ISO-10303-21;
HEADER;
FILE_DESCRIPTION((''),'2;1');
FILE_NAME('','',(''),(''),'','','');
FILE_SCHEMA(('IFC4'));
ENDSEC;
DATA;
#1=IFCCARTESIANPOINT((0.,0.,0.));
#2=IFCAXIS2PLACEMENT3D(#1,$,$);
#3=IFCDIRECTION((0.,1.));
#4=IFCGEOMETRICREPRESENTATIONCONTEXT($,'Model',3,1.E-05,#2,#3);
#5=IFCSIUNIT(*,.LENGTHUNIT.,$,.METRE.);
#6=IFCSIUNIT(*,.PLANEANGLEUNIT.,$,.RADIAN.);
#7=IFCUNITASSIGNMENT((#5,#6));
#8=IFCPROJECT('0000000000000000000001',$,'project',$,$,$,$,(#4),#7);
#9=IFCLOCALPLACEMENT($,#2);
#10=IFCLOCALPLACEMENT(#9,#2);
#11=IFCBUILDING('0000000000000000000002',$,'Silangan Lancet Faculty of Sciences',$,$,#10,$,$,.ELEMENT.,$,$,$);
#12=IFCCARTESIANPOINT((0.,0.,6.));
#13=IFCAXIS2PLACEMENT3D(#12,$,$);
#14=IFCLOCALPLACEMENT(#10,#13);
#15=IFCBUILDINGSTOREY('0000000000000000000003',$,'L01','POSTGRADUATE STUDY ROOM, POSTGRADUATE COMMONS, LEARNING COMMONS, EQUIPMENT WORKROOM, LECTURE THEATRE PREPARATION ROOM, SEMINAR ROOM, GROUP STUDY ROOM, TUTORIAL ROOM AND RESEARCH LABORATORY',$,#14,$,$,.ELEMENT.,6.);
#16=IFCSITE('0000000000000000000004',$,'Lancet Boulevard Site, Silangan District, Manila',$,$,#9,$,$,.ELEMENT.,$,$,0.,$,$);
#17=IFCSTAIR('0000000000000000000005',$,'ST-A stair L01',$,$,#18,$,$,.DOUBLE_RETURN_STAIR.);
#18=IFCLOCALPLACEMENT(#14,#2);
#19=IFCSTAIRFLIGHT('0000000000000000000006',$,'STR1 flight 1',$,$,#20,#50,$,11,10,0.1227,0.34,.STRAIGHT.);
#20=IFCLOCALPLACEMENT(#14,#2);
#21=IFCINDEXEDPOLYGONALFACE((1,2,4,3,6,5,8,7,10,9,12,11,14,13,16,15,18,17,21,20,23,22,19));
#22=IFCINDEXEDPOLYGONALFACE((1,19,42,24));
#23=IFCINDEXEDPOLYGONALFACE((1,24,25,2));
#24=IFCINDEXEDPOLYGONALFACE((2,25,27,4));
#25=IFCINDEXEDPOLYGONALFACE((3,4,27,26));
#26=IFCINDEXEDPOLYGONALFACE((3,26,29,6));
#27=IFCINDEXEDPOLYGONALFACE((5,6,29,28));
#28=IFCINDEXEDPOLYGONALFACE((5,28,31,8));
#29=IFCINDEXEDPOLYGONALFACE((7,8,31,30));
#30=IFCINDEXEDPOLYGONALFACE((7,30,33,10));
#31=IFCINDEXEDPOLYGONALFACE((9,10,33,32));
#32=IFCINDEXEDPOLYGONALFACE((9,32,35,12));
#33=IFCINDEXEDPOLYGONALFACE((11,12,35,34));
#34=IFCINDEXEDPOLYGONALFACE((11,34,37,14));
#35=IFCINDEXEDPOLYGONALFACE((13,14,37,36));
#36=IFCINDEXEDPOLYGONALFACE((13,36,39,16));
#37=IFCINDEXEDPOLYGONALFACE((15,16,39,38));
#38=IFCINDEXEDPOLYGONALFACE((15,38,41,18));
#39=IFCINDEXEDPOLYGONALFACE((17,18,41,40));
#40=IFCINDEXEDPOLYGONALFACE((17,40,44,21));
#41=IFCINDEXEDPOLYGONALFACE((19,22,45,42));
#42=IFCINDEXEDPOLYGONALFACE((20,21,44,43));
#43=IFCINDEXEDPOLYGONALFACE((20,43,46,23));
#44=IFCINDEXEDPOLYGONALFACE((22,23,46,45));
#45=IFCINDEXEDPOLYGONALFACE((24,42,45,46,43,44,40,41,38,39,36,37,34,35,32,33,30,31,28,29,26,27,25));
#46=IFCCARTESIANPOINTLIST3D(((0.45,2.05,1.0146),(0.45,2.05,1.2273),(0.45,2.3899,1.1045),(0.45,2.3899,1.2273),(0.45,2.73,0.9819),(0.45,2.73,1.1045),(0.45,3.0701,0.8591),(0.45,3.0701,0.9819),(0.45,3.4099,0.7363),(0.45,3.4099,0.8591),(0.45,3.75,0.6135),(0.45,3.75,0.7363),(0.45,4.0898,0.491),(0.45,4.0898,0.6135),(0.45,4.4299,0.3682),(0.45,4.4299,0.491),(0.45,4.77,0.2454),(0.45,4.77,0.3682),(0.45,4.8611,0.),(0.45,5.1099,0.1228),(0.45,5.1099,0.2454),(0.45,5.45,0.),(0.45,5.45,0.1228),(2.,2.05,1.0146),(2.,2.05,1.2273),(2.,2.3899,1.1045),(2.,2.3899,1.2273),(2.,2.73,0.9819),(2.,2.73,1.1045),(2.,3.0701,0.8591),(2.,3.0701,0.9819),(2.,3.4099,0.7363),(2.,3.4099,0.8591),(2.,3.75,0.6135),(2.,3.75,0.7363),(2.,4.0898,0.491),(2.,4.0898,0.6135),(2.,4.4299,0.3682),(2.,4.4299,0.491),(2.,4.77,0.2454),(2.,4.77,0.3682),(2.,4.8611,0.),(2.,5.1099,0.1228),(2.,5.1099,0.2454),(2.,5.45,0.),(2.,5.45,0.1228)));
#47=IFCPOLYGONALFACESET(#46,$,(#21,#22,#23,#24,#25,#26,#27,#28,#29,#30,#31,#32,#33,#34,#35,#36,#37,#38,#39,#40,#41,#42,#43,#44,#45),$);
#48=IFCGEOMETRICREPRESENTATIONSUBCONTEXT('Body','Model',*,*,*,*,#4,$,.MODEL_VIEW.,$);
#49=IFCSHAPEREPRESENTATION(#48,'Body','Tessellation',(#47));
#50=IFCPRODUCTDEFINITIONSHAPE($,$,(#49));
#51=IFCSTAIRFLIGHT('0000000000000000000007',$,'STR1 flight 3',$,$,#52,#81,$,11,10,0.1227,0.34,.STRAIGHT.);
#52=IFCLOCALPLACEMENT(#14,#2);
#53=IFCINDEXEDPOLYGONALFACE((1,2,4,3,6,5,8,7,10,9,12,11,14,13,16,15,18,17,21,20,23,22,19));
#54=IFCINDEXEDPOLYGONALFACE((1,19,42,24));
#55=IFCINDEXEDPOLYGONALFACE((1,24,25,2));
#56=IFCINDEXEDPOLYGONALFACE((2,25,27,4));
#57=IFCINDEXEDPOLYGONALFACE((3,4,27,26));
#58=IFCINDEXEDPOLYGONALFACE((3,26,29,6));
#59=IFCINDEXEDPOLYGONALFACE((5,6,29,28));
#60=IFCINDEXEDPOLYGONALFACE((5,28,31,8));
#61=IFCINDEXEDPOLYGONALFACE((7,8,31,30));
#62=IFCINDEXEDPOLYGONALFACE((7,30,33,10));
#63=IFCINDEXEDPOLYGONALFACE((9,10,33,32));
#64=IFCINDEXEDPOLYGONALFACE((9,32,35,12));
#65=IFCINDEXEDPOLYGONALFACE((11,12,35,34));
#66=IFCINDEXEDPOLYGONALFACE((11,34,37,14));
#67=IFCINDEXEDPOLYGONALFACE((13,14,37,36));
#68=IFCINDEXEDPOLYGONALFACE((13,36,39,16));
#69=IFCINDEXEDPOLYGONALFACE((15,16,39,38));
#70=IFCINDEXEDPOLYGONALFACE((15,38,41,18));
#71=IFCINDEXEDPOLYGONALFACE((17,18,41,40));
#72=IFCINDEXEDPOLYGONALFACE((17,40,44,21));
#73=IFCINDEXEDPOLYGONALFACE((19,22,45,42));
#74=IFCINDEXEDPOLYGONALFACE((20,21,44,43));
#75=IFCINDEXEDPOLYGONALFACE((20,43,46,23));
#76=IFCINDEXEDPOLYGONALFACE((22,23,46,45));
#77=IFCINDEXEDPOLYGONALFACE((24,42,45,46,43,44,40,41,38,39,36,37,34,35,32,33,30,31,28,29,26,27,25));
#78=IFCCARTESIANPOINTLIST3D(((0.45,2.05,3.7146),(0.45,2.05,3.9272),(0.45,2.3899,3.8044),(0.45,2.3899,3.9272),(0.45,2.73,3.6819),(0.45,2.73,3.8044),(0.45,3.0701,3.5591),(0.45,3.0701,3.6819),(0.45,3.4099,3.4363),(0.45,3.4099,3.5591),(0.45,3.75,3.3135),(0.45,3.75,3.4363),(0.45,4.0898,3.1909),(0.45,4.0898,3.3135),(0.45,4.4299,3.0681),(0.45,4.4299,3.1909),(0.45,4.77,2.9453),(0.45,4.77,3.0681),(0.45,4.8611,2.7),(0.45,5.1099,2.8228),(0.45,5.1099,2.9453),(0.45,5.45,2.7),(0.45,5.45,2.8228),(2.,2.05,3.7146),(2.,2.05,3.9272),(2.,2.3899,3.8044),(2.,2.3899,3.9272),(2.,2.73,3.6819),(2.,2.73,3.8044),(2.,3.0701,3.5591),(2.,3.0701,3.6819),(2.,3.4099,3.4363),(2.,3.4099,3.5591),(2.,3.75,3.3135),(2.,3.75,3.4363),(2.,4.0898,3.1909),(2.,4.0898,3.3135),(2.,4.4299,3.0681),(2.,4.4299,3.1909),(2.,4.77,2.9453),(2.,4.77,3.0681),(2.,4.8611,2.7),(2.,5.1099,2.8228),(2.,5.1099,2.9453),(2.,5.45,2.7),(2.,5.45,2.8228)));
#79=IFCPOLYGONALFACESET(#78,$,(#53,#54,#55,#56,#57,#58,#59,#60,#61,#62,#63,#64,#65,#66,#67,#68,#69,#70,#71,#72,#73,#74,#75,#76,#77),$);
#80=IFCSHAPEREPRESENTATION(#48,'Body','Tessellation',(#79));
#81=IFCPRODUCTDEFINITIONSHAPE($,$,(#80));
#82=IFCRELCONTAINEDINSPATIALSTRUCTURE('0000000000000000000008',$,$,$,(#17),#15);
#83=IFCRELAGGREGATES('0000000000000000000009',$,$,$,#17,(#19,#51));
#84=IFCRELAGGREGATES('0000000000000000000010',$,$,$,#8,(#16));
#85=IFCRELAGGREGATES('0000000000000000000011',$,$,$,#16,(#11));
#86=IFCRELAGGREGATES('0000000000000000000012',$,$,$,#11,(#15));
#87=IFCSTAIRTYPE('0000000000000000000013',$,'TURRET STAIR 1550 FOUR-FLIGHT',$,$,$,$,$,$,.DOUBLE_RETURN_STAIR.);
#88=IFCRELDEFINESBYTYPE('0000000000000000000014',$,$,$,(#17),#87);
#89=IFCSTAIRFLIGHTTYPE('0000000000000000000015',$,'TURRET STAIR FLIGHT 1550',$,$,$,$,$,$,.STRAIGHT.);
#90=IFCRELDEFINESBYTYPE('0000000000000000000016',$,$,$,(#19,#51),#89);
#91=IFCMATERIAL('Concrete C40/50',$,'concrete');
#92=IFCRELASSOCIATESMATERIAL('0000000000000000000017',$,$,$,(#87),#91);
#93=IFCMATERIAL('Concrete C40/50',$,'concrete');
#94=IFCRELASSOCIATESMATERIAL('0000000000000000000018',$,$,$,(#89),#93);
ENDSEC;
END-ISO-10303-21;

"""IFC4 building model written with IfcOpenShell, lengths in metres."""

from ifc_helpers import new_model, si_unit, direction, frame, origin, place, context, subcontext, project, spatial, polyline, outline, extrude, material, type_object, element, aggregate, save


model = new_model("IFC4")

# Units and contexts
model_context = context("Model", 3, precision=1e-05, world=origin(), true_north=direction((0.0, 1.0)))
body_context = subcontext(model_context, "Body", "Model", "MODEL_VIEW")
ifc_project = project(units=[si_unit("LENGTHUNIT", "METRE"), si_unit("PLANEANGLEUNIT", "RADIAN")], contexts=[model_context])

# Site, building, storey
site_placement = place(None, origin())
site = spatial("IfcSite", under=ifc_project, at=site_placement, Name="Lancet Boulevard Site, Silangan District, Manila", CompositionType="ELEMENT", RefElevation=0.0)
building_placement = place(site_placement, origin())
building = spatial("IfcBuilding", under=site, at=building_placement, Name="Silangan Lancet Faculty of Sciences", CompositionType="ELEMENT")
storey_placement = place(building_placement, frame((0.0, 0.0, 6.0)))
storey = spatial("IfcBuildingStorey", under=building, at=storey_placement, Name="L01", Description="POSTGRADUATE STUDY ROOM, POSTGRADUATE COMMONS, LEARNING COMMONS, EQUIPMENT WORKROOM, LECTURE THEATRE PREPARATION ROOM, SEMINAR ROOM, GROUP STUDY ROOM, TUTORIAL ROOM AND RESEARCH LABORATORY", CompositionType="ELEMENT", Elevation=6.0)

# Stair, stair flights
ifc_material_1 = material(Name="Concrete C40/50", Category="concrete")
stair_type = type_object("IfcStairType", Name="TURRET STAIR 1550 FOUR-FLIGHT", PredefinedType="DOUBLE_RETURN_STAIR", material=ifc_material_1)
stair_placement = place(storey_placement, origin())
stair = element("IfcStair", 1, at=stair_placement, inside=storey, type_object=stair_type, Name="ST-A stair L01", PredefinedType="DOUBLE_RETURN_STAIR")
ifc_material_2 = material(Name="Concrete C40/50", Category="concrete")
stair_flight_type = type_object("IfcStairFlightType", Name="TURRET STAIR FLIGHT 1550", PredefinedType="STRAIGHT", material=ifc_material_2)
stair_flight_1_placement = place(storey_placement, frame((1.2251, 5.45, 0.0), z_axis=(0.0, 0.0, 1.0), x_axis=(0.0, -1.0, 0.0)))
stair_flight_1 = element("IfcStairFlight", 2, at=stair_flight_1_placement, type_object=stair_flight_type, Name="STR1 flight 1", NumberOfRisers=11, NumberOfTreads=10, PredefinedType="STRAIGHT", RiserHeight=0.1227, TreadLength=0.34, context=body_context, shape_type="SweptSolid", body=[
    extrude(outline(polyline([(0.0, 0.0), (0.0, 0.1228), (0.3401, 0.1228), (0.3401, 0.2454), (0.6799, 0.2454), (0.6799, 0.3682), (1.02, 0.3682), (1.02, 0.491), (1.3601, 0.491), (1.3601, 0.6135), (1.7, 0.6135), (1.7, 0.7363), (2.04, 0.7363), (2.04, 0.8591), (2.3799, 0.8591), (2.3799, 0.9819), (2.72, 0.9819), (2.72, 1.1045), (3.0601, 1.1045), (3.0601, 1.2273), (3.3999, 1.2273), (3.3999, 1.3501), (3.3999, 1.0146), (0.5889, 0.0), (0.0, 0.0)])), frame((0.0, 0.7749, 0.0), z_axis=(0.0, -1.0, 0.0), x_axis=(1.0, 0.0, 0.0)), (0.0, 0.0, 1.0), 1.55),
])
stair_flight_2_placement = place(storey_placement, frame((1.2251, 5.45, 2.7), z_axis=(0.0, 0.0, 1.0), x_axis=(0.0, -1.0, 0.0)))
stair_flight_2 = element("IfcStairFlight", 3, at=stair_flight_2_placement, type_object=stair_flight_type, Name="STR1 flight 3", NumberOfRisers=11, NumberOfTreads=10, PredefinedType="STRAIGHT", RiserHeight=0.1227, TreadLength=0.34, context=body_context, shape_type="SweptSolid", body=[
    extrude(outline(polyline([(0.0, 0.0), (0.0, 0.1228), (0.3401, 0.1228), (0.3401, 0.2454), (0.6799, 0.2454), (0.6799, 0.3682), (1.02, 0.3682), (1.02, 0.491), (1.3601, 0.491), (1.3601, 0.6135), (1.7, 0.6135), (1.7, 0.7363), (2.04, 0.7363), (2.04, 0.8591), (2.3799, 0.8591), (2.3799, 0.9819), (2.72, 0.9819), (2.72, 1.1045), (3.0601, 1.1045), (3.0601, 1.2273), (3.3999, 1.2273), (3.3999, 1.3501), (3.3999, 1.0146), (0.5889, 0.0), (0.0, 0.0)])), frame((0.0, 0.7749, 0.0), z_axis=(0.0, -1.0, 0.0), x_axis=(1.0, 0.0, 0.0)), (0.0, 0.0, 1.0), 1.55),
])
aggregate(stair, [stair_flight_1, stair_flight_2])

save(model, "model.ifc")
